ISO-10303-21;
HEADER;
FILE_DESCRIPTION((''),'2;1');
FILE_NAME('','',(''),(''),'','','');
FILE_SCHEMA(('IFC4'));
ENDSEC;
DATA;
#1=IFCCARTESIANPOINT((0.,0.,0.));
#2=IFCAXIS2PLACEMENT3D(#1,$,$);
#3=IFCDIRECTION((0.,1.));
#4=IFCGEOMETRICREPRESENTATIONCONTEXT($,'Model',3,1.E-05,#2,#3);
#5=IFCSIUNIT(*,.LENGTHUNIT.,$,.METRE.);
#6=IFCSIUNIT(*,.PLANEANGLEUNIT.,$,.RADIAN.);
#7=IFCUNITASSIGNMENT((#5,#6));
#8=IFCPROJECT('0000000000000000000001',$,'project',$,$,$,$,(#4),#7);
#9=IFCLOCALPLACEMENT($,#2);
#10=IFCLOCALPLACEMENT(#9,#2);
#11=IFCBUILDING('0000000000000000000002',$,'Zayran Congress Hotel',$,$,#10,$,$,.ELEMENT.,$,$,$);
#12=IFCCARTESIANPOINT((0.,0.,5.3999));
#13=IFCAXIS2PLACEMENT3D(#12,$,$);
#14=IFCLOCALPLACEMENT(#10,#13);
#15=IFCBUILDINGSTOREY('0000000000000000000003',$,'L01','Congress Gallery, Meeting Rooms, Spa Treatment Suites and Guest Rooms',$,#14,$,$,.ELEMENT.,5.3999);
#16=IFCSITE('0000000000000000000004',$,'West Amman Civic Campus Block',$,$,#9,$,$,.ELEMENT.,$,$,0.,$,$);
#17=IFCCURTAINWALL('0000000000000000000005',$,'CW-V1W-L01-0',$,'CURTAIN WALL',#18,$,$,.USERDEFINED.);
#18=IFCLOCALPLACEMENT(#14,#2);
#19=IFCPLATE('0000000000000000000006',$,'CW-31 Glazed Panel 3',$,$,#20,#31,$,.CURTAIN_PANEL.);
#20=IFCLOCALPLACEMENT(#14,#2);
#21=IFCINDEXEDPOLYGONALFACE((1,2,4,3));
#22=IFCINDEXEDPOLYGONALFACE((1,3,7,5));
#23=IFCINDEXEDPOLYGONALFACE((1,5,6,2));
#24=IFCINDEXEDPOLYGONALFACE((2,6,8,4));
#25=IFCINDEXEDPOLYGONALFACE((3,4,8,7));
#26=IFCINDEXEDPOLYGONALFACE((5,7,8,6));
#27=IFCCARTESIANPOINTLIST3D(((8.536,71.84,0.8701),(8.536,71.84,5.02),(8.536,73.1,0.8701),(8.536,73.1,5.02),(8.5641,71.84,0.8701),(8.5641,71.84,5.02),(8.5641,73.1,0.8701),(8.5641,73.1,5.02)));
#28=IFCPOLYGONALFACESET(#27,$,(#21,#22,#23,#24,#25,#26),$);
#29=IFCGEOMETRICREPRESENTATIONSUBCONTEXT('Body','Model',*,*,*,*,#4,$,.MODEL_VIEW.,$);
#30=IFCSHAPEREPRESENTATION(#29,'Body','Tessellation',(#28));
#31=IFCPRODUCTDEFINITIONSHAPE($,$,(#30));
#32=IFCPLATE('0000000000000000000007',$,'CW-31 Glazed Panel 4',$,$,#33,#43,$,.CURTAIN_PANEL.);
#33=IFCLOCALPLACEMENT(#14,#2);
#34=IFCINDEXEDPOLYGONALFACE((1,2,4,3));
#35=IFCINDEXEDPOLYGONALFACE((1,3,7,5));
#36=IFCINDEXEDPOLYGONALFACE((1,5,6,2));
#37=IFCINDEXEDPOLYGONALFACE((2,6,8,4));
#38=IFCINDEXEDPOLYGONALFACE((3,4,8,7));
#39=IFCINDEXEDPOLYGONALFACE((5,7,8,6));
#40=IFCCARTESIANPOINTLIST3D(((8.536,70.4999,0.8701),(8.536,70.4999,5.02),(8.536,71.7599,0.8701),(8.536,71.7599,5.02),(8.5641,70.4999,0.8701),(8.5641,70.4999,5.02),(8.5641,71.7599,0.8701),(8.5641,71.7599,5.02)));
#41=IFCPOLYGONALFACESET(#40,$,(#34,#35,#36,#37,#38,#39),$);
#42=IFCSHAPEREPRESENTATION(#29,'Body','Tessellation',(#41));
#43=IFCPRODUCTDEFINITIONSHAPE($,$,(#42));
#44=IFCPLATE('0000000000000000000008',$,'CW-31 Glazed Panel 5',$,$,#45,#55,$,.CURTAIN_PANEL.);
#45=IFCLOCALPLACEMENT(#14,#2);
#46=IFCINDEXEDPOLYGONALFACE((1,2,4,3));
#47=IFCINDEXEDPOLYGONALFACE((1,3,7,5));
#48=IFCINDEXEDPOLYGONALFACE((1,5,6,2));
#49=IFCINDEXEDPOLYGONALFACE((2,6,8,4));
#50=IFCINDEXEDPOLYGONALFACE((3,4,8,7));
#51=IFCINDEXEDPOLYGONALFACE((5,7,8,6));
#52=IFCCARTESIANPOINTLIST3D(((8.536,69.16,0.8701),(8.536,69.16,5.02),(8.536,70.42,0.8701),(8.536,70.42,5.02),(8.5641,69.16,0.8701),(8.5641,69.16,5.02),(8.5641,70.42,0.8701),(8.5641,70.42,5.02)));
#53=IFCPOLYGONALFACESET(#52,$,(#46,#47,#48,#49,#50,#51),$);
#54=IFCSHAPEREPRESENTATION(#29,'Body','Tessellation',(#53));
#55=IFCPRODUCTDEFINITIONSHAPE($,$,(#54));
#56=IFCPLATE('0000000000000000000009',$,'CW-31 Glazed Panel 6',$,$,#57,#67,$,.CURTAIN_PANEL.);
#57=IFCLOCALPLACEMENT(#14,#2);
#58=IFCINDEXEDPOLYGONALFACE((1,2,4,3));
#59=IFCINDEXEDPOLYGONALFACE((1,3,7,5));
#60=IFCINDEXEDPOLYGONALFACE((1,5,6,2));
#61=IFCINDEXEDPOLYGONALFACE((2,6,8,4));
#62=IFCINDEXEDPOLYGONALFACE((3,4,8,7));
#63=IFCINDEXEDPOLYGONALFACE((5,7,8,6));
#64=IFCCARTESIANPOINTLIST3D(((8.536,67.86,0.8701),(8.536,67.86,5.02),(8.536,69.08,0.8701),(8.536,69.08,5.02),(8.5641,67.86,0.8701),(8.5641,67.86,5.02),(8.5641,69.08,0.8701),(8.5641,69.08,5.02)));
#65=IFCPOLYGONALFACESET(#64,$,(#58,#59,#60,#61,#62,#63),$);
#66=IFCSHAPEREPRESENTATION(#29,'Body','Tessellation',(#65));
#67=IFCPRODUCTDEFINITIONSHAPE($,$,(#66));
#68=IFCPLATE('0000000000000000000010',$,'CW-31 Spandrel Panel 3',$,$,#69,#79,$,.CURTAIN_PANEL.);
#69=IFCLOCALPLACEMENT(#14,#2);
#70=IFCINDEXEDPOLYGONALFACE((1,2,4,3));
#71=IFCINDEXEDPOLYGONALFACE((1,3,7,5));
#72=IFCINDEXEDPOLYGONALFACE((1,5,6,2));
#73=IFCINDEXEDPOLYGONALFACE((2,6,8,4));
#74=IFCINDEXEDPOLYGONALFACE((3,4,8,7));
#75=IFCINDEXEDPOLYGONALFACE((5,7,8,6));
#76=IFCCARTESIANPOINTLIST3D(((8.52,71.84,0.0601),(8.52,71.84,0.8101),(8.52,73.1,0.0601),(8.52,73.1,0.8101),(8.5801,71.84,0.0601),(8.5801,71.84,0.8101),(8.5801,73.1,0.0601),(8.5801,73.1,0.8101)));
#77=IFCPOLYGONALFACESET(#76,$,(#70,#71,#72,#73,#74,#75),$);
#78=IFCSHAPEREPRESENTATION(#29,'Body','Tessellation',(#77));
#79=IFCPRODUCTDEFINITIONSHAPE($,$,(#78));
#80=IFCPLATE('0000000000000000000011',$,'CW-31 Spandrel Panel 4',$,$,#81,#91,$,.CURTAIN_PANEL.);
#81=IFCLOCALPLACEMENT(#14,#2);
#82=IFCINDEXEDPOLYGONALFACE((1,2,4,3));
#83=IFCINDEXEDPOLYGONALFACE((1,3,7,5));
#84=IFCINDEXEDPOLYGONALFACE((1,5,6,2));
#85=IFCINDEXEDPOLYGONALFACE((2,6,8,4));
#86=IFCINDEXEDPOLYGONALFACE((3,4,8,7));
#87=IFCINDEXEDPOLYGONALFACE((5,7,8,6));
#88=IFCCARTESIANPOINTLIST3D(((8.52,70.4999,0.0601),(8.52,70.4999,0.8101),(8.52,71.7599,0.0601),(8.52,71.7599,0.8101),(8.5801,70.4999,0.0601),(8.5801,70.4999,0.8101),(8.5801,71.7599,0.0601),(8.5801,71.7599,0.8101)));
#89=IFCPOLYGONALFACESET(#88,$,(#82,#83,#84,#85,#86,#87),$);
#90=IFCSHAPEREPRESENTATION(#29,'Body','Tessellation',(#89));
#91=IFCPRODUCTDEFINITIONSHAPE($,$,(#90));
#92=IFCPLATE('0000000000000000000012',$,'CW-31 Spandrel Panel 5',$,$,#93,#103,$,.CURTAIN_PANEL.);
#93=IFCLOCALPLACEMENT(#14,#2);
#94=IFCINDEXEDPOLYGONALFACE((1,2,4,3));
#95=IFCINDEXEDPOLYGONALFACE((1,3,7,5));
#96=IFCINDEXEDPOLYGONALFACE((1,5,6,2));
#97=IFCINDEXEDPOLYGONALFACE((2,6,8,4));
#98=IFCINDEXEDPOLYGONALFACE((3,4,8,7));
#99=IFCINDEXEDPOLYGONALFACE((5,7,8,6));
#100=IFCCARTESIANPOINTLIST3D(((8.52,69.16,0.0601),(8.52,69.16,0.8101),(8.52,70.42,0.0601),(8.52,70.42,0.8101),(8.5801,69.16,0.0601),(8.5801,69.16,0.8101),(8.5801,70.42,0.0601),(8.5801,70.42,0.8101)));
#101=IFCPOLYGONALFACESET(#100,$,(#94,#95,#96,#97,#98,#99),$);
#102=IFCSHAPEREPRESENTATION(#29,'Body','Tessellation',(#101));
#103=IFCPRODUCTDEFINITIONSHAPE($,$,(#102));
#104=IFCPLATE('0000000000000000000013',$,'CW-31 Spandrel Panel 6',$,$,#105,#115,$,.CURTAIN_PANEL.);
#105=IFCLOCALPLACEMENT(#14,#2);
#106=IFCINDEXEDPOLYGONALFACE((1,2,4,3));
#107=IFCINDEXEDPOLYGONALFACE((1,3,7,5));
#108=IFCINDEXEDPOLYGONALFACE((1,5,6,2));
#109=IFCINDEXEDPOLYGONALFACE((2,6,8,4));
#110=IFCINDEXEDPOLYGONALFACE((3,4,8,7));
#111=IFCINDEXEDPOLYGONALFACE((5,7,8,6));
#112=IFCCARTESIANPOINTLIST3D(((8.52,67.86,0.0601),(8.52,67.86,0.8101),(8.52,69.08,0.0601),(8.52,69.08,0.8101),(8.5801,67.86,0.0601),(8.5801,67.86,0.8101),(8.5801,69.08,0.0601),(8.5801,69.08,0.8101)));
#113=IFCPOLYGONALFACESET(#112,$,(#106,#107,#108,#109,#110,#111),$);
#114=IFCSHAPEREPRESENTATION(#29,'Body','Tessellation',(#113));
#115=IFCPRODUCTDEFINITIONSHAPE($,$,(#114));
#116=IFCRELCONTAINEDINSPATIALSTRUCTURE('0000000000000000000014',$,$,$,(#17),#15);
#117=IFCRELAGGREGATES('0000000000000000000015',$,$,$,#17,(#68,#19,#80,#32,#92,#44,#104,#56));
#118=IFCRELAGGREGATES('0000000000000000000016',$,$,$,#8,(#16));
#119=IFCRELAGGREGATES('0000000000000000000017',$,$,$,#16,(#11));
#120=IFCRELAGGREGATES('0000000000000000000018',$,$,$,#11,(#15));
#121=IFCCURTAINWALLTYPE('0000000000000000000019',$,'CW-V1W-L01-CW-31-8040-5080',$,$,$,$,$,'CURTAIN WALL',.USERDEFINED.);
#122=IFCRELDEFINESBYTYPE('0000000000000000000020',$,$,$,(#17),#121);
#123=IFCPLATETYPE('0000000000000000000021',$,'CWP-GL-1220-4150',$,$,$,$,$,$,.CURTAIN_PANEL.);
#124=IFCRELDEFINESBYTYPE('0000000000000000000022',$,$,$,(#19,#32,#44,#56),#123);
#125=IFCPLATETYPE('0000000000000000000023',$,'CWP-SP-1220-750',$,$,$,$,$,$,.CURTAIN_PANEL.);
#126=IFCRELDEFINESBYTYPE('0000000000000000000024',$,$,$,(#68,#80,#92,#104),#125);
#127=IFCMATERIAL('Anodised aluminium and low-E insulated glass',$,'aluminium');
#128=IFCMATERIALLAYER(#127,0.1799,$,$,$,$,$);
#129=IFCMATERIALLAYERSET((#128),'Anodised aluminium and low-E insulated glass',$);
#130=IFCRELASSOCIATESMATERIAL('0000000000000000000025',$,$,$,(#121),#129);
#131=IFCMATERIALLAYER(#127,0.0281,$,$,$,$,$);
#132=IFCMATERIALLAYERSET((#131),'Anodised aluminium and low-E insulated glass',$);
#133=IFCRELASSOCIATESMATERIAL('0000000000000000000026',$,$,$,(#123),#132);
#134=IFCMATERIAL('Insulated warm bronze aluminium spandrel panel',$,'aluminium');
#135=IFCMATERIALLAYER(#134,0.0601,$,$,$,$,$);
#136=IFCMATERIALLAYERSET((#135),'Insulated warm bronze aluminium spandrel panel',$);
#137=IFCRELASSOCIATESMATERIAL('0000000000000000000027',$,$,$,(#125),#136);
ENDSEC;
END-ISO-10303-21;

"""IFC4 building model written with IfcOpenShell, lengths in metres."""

from ifc_helpers import new_model, si_unit, direction, frame, origin, origin_2d, place, context, subcontext, project, spatial, rectangle, extrude, material, layer, layer_set, type_object, element, aggregate, save


model = new_model("IFC4")

# Units and contexts
model_context = context("Model", 3, precision=1e-05, world=origin(), true_north=direction((0.0, 1.0)))
body_context = subcontext(model_context, "Body", "Model", "MODEL_VIEW")
ifc_project = project(units=[si_unit("LENGTHUNIT", "METRE"), si_unit("PLANEANGLEUNIT", "RADIAN")], contexts=[model_context])

# Site, building, storey
site_placement = place(None, origin())
site = spatial("IfcSite", under=ifc_project, at=site_placement, Name="West Amman Civic Campus Block", CompositionType="ELEMENT", RefElevation=0.0)
building_placement = place(site_placement, origin())
building = spatial("IfcBuilding", under=site, at=building_placement, Name="Zayran Congress Hotel", CompositionType="ELEMENT")
storey_placement = place(building_placement, frame((0.0, 0.0, 5.3999)))
storey = spatial("IfcBuildingStorey", under=building, at=storey_placement, Name="L01", Description="Congress Gallery, Meeting Rooms, Spa Treatment Suites and Guest Rooms", CompositionType="ELEMENT", Elevation=5.3999)

# Curtain wall, plates
ifc_material_1 = material(Name="Anodised aluminium and low-E insulated glass", Category="aluminium")
ifc_layer_1 = layer(ifc_material_1, 0.1799)
ifc_layer_set_1 = layer_set([ifc_layer_1], Name="Anodised aluminium and low-E insulated glass")
curtain_wall_type = type_object("IfcCurtainWallType", Name="CW-V1W-L01-CW-31-8040-5080", ElementType="CURTAIN WALL", PredefinedType="USERDEFINED", material=ifc_layer_set_1)
curtain_wall_placement = place(storey_placement, origin())
curtain_wall = element("IfcCurtainWall", 1, at=curtain_wall_placement, inside=storey, type_object=curtain_wall_type, Name="CW-V1W-L01-0", ObjectType="CURTAIN WALL", PredefinedType="USERDEFINED")
ifc_layer_2 = layer(ifc_material_1, 0.0281)
ifc_layer_set_2 = layer_set([ifc_layer_2], Name="Anodised aluminium and low-E insulated glass")
plate_type_1 = type_object("IfcPlateType", Name="CWP-GL-1220-4150", PredefinedType="CURTAIN_PANEL", material=ifc_layer_set_2)
plate_1_placement = place(storey_placement, frame((8.55, 72.47, 0.8701), z_axis=(0.0, 0.0, 1.0), x_axis=(0.0, 1.0, 0.0)))
plate_1 = element("IfcPlate", 2, at=plate_1_placement, type_object=plate_type_1, Name="CW-31 Glazed Panel 3", PredefinedType="CURTAIN_PANEL", context=body_context, shape_type="SweptSolid", body=[
    extrude(rectangle(XDim=1.26, YDim=0.0281, at=origin_2d()), origin(), (0.0, 0.0, 1.0), 4.1499),
])
plate_2_placement = place(storey_placement, frame((8.55, 71.1299, 0.8701), z_axis=(0.0, 0.0, 1.0), x_axis=(0.0, 1.0, 0.0)))
plate_2 = element("IfcPlate", 3, at=plate_2_placement, type_object=plate_type_1, Name="CW-31 Glazed Panel 4", PredefinedType="CURTAIN_PANEL", context=body_context, shape_type="SweptSolid", body=[
    extrude(rectangle(XDim=1.26, YDim=0.0281, at=origin_2d()), origin(), (0.0, 0.0, 1.0), 4.1499),
])
plate_3_placement = place(storey_placement, frame((8.55, 69.79, 0.8701), z_axis=(0.0, 0.0, 1.0), x_axis=(0.0, 1.0, 0.0)))
plate_3 = element("IfcPlate", 4, at=plate_3_placement, type_object=plate_type_1, Name="CW-31 Glazed Panel 5", PredefinedType="CURTAIN_PANEL", context=body_context, shape_type="SweptSolid", body=[
    extrude(rectangle(XDim=1.26, YDim=0.0281, at=origin_2d()), origin(), (0.0, 0.0, 1.0), 4.1499),
])
plate_4_placement = place(storey_placement, frame((8.55, 68.47, 0.8701), z_axis=(0.0, 0.0, 1.0), x_axis=(0.0, 1.0, 0.0)))
plate_4 = element("IfcPlate", 5, at=plate_4_placement, type_object=plate_type_1, Name="CW-31 Glazed Panel 6", PredefinedType="CURTAIN_PANEL", context=body_context, shape_type="SweptSolid", body=[
    extrude(rectangle(XDim=1.22, YDim=0.0281, at=origin_2d()), origin(), (0.0, 0.0, 1.0), 4.1499),
])
ifc_material_2 = material(Name="Insulated warm bronze aluminium spandrel panel", Category="aluminium")
ifc_layer_3 = layer(ifc_material_2, 0.0601)
ifc_layer_set_3 = layer_set([ifc_layer_3], Name="Insulated warm bronze aluminium spandrel panel")
plate_type_2 = type_object("IfcPlateType", Name="CWP-SP-1220-750", PredefinedType="CURTAIN_PANEL", material=ifc_layer_set_3)
plate_5_placement = place(storey_placement, frame((8.55, 72.47, 0.0601), z_axis=(0.0, 0.0, 1.0), x_axis=(0.0, 1.0, 0.0)))
plate_5 = element("IfcPlate", 6, at=plate_5_placement, type_object=plate_type_2, Name="CW-31 Spandrel Panel 3", PredefinedType="CURTAIN_PANEL", context=body_context, shape_type="SweptSolid", body=[
    extrude(rectangle(XDim=1.26, YDim=0.0601, at=origin_2d()), origin(), (0.0, 0.0, 1.0), 0.75),
])
plate_6_placement = place(storey_placement, frame((8.55, 71.1299, 0.0601), z_axis=(0.0, 0.0, 1.0), x_axis=(0.0, 1.0, 0.0)))
plate_6 = element("IfcPlate", 7, at=plate_6_placement, type_object=plate_type_2, Name="CW-31 Spandrel Panel 4", PredefinedType="CURTAIN_PANEL", context=body_context, shape_type="SweptSolid", body=[
    extrude(rectangle(XDim=1.26, YDim=0.0601, at=origin_2d()), origin(), (0.0, 0.0, 1.0), 0.75),
])
plate_7_placement = place(storey_placement, frame((8.55, 69.79, 0.0601), z_axis=(0.0, 0.0, 1.0), x_axis=(0.0, 1.0, 0.0)))
plate_7 = element("IfcPlate", 8, at=plate_7_placement, type_object=plate_type_2, Name="CW-31 Spandrel Panel 5", PredefinedType="CURTAIN_PANEL", context=body_context, shape_type="SweptSolid", body=[
    extrude(rectangle(XDim=1.26, YDim=0.0601, at=origin_2d()), origin(), (0.0, 0.0, 1.0), 0.75),
])
plate_8_placement = place(storey_placement, frame((8.55, 68.47, 0.0601), z_axis=(0.0, 0.0, 1.0), x_axis=(0.0, 1.0, 0.0)))
plate_8 = element("IfcPlate", 9, at=plate_8_placement, type_object=plate_type_2, Name="CW-31 Spandrel Panel 6", PredefinedType="CURTAIN_PANEL", context=body_context, shape_type="SweptSolid", body=[
    extrude(rectangle(XDim=1.22, YDim=0.0601, at=origin_2d()), origin(), (0.0, 0.0, 1.0), 0.75),
])
aggregate(curtain_wall, [plate_5, plate_1, plate_6, plate_2, plate_7, plate_3, plate_8, plate_4])

save(model, "model.ifc")
